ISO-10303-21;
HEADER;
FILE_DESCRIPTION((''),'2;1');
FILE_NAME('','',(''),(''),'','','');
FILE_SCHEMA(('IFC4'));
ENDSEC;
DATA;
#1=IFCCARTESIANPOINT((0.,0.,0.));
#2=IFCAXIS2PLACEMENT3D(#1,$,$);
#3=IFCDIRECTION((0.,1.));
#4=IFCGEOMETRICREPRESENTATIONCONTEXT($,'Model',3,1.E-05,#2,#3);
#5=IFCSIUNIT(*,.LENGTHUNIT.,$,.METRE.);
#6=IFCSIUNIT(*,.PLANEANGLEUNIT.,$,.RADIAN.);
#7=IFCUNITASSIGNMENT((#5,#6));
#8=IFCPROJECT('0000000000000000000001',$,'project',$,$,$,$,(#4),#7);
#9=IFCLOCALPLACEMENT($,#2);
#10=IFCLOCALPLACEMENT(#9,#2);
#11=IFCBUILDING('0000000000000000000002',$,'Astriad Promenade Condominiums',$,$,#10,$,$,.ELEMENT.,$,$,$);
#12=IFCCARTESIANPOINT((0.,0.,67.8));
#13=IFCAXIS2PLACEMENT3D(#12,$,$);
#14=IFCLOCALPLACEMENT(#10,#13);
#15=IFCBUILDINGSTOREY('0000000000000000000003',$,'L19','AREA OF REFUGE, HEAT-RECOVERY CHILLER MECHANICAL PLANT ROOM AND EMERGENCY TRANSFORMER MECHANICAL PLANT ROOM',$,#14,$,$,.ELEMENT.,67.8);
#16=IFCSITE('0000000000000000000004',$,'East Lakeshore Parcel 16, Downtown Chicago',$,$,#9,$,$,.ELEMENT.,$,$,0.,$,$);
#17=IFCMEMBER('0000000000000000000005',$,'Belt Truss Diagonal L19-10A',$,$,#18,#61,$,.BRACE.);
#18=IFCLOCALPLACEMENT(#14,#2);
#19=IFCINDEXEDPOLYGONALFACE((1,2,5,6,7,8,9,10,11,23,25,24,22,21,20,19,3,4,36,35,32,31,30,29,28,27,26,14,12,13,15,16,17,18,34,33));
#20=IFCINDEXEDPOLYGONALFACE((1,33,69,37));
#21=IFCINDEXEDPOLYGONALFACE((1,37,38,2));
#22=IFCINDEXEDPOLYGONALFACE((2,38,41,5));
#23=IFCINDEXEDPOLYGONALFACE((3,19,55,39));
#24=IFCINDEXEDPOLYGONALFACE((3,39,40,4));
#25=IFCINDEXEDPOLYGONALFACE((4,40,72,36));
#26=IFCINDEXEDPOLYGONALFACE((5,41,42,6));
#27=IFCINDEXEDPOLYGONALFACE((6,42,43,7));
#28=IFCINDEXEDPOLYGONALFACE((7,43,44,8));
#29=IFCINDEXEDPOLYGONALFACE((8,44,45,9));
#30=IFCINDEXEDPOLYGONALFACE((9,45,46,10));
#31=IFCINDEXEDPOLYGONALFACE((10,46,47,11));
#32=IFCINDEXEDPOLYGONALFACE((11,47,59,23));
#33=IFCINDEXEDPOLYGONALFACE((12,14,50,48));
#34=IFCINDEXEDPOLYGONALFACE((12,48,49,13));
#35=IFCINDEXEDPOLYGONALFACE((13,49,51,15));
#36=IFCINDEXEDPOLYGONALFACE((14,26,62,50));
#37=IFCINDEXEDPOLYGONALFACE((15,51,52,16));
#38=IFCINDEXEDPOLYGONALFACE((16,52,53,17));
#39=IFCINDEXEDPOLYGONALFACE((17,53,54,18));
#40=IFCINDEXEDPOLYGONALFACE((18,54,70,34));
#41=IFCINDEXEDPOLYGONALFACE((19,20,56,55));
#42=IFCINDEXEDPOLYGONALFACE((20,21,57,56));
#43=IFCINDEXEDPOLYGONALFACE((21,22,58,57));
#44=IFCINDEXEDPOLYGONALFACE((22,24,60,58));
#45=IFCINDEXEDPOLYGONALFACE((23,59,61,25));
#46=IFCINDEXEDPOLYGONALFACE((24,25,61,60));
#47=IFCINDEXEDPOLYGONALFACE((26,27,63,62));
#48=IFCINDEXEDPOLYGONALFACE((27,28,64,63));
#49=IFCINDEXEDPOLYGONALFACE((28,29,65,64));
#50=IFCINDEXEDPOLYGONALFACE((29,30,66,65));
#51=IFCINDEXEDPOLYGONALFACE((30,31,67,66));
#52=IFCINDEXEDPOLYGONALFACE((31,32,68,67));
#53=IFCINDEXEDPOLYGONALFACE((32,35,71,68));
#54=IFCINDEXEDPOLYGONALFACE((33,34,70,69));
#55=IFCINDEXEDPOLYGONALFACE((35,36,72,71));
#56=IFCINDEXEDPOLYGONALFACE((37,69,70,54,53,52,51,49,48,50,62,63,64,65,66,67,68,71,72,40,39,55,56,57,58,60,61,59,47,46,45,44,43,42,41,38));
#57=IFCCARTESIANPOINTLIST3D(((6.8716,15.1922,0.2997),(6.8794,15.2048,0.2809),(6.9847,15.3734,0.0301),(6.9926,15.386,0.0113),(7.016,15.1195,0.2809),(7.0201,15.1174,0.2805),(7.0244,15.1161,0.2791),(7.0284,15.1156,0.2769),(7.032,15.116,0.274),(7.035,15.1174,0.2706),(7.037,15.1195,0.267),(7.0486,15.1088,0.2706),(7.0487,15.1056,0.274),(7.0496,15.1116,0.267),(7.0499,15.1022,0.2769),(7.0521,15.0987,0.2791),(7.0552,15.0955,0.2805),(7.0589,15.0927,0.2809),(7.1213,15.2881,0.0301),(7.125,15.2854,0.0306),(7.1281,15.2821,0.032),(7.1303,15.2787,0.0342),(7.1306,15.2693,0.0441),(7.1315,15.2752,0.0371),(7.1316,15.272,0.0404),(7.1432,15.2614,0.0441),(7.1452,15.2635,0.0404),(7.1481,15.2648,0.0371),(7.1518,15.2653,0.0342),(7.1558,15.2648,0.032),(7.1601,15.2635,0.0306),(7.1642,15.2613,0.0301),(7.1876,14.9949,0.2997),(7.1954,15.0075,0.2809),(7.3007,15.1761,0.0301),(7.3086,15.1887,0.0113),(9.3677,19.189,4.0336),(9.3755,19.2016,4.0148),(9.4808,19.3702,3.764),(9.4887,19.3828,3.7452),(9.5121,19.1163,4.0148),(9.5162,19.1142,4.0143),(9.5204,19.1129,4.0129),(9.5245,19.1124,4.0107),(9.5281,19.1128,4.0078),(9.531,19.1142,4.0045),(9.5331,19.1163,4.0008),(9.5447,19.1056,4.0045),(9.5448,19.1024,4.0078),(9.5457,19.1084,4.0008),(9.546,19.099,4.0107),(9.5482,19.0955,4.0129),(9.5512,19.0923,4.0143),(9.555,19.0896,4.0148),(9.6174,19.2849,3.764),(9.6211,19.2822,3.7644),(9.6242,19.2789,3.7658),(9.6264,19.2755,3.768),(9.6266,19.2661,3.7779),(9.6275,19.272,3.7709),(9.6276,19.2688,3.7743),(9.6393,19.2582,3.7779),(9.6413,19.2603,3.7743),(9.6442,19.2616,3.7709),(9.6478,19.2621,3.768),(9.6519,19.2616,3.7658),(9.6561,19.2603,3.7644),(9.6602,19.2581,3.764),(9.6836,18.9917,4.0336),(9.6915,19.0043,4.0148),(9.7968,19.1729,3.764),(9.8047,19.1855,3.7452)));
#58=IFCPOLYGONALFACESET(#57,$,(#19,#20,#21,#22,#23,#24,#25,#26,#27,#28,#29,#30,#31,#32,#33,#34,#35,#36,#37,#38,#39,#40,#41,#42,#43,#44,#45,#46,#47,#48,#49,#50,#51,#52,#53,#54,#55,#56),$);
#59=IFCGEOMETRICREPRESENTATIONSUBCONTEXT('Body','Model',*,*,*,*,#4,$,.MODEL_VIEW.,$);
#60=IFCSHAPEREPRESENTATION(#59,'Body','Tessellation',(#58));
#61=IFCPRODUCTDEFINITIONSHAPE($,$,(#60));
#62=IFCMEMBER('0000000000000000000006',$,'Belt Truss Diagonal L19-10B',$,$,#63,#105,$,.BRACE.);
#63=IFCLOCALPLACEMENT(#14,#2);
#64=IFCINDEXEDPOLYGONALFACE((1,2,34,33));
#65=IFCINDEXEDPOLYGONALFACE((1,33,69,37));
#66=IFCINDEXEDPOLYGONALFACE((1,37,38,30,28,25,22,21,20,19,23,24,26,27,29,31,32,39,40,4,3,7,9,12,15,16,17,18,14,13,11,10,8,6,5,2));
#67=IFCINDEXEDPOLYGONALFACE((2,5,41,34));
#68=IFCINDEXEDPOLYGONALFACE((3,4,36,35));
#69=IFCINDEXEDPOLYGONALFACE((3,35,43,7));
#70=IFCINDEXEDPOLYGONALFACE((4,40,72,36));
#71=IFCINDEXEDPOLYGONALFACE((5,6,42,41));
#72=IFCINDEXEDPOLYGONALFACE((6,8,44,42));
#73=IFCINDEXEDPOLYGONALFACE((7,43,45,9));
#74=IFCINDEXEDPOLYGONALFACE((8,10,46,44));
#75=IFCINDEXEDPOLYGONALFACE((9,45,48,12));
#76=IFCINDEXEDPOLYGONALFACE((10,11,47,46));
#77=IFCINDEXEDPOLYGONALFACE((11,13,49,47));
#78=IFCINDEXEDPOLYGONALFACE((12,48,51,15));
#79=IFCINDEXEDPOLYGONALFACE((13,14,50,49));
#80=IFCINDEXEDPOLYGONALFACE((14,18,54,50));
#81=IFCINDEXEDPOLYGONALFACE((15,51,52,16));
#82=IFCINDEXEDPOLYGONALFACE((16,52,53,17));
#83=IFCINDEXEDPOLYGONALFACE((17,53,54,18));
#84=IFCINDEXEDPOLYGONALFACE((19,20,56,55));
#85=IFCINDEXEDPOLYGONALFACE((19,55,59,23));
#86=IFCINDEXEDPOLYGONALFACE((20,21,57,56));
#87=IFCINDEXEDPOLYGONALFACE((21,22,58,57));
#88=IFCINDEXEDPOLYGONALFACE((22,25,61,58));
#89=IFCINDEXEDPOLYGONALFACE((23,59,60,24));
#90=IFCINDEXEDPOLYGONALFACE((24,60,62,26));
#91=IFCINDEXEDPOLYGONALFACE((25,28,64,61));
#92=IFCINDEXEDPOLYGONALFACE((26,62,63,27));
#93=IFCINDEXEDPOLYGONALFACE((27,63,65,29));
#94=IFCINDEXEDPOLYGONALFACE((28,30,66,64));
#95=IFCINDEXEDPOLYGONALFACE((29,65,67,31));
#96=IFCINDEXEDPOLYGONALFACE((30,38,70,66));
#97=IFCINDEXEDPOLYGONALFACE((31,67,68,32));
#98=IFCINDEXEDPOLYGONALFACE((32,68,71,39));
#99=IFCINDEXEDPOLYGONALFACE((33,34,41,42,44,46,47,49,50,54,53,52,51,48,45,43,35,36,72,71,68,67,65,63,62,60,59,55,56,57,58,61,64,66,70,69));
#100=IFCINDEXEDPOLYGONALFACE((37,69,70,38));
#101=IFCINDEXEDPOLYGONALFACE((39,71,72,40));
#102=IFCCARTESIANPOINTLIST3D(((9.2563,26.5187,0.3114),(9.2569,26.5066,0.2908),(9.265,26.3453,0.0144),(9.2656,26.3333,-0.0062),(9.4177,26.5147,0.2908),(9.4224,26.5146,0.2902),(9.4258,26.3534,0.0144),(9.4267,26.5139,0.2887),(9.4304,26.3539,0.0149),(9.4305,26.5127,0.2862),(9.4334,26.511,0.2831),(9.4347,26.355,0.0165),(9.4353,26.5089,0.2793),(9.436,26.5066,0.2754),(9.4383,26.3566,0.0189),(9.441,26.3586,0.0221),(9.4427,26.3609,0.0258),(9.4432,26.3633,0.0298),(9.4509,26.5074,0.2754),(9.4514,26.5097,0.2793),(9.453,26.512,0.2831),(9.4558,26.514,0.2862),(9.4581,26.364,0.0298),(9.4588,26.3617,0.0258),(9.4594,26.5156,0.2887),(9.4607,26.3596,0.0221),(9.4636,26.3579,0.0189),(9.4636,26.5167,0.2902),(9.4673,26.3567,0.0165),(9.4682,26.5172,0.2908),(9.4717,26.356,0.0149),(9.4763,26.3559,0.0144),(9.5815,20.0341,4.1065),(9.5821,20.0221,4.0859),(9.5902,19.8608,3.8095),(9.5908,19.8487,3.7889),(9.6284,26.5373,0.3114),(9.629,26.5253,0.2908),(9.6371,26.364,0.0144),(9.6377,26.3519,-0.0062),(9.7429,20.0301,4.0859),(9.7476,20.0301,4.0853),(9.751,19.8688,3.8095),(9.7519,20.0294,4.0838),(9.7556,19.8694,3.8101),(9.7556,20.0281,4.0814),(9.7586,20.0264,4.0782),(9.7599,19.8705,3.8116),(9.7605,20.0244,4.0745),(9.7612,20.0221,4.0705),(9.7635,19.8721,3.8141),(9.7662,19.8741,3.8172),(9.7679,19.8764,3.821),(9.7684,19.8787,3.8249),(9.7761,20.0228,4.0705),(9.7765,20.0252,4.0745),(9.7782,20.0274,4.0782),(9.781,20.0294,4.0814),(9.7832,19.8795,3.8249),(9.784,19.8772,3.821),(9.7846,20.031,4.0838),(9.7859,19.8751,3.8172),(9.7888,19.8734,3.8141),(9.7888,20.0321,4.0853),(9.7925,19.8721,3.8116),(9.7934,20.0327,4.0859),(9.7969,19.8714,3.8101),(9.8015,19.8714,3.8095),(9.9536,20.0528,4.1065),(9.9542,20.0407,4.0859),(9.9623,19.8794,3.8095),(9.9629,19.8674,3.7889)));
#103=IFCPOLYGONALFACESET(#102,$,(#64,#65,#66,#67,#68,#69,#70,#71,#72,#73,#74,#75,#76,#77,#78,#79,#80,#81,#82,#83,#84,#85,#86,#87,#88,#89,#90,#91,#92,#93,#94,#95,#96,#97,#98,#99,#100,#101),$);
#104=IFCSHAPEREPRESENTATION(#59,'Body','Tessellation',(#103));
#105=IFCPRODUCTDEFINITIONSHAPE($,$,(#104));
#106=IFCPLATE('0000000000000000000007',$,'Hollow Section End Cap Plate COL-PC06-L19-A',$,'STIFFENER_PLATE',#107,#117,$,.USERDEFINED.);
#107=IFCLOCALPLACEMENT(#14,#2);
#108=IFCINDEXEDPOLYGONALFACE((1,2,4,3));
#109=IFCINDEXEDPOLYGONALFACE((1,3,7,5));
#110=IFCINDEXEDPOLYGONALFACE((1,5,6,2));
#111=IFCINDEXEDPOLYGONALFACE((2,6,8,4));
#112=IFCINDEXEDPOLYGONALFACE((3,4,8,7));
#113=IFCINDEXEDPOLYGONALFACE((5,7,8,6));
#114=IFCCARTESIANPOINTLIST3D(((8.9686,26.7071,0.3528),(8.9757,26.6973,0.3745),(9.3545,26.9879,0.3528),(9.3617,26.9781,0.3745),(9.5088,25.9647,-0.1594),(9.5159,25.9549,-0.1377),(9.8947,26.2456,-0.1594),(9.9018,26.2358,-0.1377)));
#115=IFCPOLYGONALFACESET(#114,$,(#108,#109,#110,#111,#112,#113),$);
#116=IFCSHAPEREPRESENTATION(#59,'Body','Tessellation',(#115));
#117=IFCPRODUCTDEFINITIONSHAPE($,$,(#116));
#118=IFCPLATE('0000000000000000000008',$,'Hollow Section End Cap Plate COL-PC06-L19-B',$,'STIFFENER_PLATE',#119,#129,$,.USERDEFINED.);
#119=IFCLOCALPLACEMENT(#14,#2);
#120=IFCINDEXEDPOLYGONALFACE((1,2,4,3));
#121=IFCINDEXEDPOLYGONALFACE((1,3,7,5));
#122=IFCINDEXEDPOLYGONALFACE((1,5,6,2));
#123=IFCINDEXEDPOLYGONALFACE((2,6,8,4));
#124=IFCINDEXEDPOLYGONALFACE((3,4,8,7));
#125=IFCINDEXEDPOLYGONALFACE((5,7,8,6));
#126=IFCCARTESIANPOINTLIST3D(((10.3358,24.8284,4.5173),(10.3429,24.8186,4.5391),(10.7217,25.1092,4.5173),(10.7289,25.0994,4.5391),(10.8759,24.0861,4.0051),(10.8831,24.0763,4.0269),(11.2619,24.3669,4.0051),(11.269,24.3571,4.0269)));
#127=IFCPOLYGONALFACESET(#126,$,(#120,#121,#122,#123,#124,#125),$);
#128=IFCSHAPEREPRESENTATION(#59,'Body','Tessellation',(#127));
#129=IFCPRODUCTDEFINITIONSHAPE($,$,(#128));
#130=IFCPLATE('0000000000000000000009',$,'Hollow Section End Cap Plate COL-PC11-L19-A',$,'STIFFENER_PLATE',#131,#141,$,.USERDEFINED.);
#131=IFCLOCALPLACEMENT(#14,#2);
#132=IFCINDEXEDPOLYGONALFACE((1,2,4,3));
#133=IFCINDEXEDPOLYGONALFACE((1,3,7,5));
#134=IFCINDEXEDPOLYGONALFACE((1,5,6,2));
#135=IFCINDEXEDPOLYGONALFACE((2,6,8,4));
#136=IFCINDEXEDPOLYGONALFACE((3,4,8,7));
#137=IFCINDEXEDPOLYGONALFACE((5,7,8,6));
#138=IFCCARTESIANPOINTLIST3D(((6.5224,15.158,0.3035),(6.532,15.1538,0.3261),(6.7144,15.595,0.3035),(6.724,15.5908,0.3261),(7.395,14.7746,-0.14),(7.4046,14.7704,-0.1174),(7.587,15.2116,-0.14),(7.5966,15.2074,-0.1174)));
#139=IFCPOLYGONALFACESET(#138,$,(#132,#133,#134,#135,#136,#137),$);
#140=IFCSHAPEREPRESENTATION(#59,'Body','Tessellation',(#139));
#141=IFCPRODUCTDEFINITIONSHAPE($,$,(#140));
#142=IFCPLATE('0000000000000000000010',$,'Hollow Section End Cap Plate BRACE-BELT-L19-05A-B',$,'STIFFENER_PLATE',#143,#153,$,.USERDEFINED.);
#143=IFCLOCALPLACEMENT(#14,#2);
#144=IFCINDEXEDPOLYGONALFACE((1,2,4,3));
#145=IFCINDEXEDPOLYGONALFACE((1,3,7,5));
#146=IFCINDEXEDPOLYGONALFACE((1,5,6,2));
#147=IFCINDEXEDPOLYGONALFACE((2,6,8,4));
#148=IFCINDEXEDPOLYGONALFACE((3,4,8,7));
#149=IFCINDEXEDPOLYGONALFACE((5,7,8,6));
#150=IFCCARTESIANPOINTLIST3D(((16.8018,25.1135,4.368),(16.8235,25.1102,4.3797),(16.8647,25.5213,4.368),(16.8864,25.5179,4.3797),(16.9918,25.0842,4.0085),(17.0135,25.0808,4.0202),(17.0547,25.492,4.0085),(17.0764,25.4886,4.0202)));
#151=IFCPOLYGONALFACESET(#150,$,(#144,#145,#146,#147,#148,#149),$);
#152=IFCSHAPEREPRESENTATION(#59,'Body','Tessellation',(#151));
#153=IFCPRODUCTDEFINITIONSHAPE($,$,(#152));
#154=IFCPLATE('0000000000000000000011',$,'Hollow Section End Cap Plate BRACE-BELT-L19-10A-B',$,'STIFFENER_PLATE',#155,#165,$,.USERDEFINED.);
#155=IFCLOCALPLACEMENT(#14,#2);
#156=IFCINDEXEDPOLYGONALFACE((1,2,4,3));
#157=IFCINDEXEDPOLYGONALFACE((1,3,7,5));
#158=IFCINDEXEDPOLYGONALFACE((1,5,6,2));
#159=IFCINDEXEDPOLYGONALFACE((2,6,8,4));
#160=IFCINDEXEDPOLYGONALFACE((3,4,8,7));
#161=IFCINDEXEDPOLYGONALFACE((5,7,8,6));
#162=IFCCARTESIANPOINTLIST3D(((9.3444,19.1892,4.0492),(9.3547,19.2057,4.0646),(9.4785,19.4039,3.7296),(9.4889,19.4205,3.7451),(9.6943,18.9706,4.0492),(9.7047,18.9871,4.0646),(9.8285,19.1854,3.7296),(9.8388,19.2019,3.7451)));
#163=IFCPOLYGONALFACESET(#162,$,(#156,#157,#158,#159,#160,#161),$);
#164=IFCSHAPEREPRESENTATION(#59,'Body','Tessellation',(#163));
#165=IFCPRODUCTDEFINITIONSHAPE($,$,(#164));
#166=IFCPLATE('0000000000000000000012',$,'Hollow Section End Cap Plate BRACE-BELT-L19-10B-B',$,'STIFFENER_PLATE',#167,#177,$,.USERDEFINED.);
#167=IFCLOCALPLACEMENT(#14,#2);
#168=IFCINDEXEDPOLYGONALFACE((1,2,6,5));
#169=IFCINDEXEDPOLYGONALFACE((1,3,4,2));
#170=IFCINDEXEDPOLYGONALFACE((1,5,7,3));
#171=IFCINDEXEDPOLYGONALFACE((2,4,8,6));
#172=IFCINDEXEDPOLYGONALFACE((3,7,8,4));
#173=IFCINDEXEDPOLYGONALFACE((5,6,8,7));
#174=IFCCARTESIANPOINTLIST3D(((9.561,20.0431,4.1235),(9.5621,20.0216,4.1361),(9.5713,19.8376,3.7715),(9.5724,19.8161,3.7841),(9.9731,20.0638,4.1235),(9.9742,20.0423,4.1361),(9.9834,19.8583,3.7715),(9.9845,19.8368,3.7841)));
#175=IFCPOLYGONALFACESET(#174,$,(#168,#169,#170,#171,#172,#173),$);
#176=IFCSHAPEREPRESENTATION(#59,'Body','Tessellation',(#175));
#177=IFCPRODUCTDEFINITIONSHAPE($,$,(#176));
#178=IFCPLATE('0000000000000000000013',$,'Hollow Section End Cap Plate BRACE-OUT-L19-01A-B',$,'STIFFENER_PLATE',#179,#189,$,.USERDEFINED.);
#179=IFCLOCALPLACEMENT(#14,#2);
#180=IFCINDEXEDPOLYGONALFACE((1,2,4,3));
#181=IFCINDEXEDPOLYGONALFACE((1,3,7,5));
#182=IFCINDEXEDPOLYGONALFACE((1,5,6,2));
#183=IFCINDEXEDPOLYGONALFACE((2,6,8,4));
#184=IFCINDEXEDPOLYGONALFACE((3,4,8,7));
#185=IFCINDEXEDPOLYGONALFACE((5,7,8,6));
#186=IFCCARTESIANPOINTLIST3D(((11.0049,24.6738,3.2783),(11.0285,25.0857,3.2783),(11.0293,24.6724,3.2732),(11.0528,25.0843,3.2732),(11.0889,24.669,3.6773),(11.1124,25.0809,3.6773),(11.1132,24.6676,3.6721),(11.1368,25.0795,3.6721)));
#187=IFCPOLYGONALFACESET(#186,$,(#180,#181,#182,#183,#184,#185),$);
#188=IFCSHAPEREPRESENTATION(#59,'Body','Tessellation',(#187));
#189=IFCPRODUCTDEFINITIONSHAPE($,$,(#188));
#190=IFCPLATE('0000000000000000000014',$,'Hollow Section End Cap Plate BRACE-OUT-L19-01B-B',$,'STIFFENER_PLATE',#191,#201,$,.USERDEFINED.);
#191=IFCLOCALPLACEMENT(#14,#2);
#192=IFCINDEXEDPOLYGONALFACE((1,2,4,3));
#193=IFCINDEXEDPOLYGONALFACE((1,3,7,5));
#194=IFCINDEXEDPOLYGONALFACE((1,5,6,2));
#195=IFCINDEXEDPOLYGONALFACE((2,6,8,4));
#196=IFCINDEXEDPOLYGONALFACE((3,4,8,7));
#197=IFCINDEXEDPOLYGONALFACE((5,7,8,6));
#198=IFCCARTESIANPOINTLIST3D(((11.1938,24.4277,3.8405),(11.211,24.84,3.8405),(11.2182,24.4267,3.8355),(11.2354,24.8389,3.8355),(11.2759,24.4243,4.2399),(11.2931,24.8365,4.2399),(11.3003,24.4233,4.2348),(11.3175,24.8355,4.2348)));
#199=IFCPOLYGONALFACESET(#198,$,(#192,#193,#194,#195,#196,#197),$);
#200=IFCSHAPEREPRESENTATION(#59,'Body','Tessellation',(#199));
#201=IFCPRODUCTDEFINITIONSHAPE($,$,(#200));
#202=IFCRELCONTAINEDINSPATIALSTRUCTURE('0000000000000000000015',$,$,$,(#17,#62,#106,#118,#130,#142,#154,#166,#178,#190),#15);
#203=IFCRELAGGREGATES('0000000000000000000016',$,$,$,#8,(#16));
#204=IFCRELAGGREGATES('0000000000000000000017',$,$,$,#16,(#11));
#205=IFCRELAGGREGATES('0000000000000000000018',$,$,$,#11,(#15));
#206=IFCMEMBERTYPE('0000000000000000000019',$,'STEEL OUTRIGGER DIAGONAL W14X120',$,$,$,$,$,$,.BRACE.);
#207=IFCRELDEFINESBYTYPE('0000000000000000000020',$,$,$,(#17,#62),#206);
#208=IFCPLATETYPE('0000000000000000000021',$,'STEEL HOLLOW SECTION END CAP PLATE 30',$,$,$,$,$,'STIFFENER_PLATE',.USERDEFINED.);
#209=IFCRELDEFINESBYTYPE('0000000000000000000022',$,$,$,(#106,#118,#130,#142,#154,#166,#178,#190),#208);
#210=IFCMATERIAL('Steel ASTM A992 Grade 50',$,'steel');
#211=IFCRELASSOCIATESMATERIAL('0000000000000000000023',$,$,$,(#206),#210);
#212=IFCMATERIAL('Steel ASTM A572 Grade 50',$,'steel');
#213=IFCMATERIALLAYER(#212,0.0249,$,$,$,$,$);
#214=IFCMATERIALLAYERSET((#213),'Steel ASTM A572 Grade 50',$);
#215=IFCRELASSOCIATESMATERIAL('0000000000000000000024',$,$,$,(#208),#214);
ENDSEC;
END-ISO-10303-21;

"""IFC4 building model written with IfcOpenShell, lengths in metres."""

from ifc_helpers import new_model, si_unit, direction, frame, origin, origin_2d, place, context, subcontext, project, spatial, rectangle, i_section, extrude, source, transform, mapped, material, layer, layer_set, material_profile, profile_set, type_object, type_shapes, element, save


model = new_model("IFC4")

# Units and contexts
model_context = context("Model", 3, precision=1e-05, world=origin(), true_north=direction((0.0, 1.0)))
body_context = subcontext(model_context, "Body", "Model", "MODEL_VIEW")
ifc_project = project(units=[si_unit("LENGTHUNIT", "METRE"), si_unit("PLANEANGLEUNIT", "RADIAN")], contexts=[model_context])

# Site, building, storey
site_placement = place(None, origin())
site = spatial("IfcSite", under=ifc_project, at=site_placement, Name="East Lakeshore Parcel 16, Downtown Chicago", CompositionType="ELEMENT", RefElevation=0.0)
building_placement = place(site_placement, origin())
building = spatial("IfcBuilding", under=site, at=building_placement, Name="Astriad Promenade Condominiums", CompositionType="ELEMENT")
storey_placement = place(building_placement, frame((0.0, 0.0, 67.8)))
storey = spatial("IfcBuildingStorey", under=building, at=storey_placement, Name="L19", Description="AREA OF REFUGE, HEAT-RECOVERY CHILLER MECHANICAL PLANT ROOM AND EMERGENCY TRANSFORMER MECHANICAL PLANT ROOM", CompositionType="ELEMENT", Elevation=67.8)

# Shared definitions
ifc_material_1 = material(Name="Steel ASTM A992 Grade 50", Category="steel")

# Members
ifc_material_profile_1 = material_profile(ifc_material_1, i_section(OverallWidth=0.3726, OverallDepth=0.3679, WebThickness=0.0149, FlangeThickness=0.0239, FilletRadius=0.0178, at=origin_2d()), Name="W14X120")
ifc_profile_set_1 = profile_set([ifc_material_profile_1], Name="Steel ASTM A992 Grade 50")
member_type_1 = type_object("IfcMemberType", Name="STEEL OUTRIGGER DIAGONAL W14X120", PredefinedType="BRACE", material=ifc_profile_set_1)
shared_shape_1 = source(origin(), body_context, "Body", "SweptSolid", [
    extrude(i_section(OverallWidth=0.3726, OverallDepth=0.3679, WebThickness=0.0149, FlangeThickness=0.0239, FilletRadius=0.0178, at=origin_2d()), origin(), (0.0, 0.0, 1.0), 6.0122),
])
member_1_placement = place(storey_placement, frame((7.0901, 15.1904, 0.1555), z_axis=(0.415169, 0.664782, 0.621048), x_axis=(-0.848182, 0.529706, 0.0)))
element("IfcMember", 1, at=member_1_placement, inside=storey, type_object=member_type_1, Name="Belt Truss Diagonal L19-10A", PredefinedType="BRACE", context=body_context, shape_type="MappedRepresentation", body=[
    mapped(shared_shape_1, transform((0.0, 0.0, 0.0), scale=1.0)),
])
shared_shape_2 = source(origin(), body_context, "Body", "SweptSolid", [
    extrude(i_section(OverallWidth=0.3726, OverallDepth=0.3679, WebThickness=0.0149, FlangeThickness=0.0239, FilletRadius=0.0178, at=origin_2d()), origin(), (0.0, 0.0, 1.0), 7.5205),
])
member_2_placement = place(storey_placement, frame((9.447, 26.4353, 0.1526), z_axis=(0.043241, -0.862248, 0.504637), x_axis=(0.998745, 0.050086, 0.0)))
element("IfcMember", 2, at=member_2_placement, inside=storey, type_object=member_type_1, Name="Belt Truss Diagonal L19-10B", PredefinedType="BRACE", context=body_context, shape_type="MappedRepresentation", body=[
    mapped(shared_shape_2, transform((0.0, 0.0, 0.0), scale=1.0)),
])

# Plates
ifc_material_2 = material(Name="Steel ASTM A572 Grade 50", Category="steel")
ifc_layer_1 = layer(ifc_material_2, 0.0249)
ifc_layer_set_1 = layer_set([ifc_layer_1], Name="Steel ASTM A572 Grade 50")
plate_type_1 = type_object("IfcPlateType", Name="STEEL HOLLOW SECTION END CAP PLATE 30", ElementType="STIFFENER_PLATE", PredefinedType="USERDEFINED", material=ifc_layer_set_1)
shared_shape_3 = source(origin(), body_context, "Body", "SweptSolid", [
    extrude(rectangle(XDim=0.4773, YDim=1.0513, at=origin_2d()), origin(), (0.0, 0.0, 1.0), 0.0249),
])
for number, where, z_axis, x_axis, name in (
    (3, (9.4316, 26.4763, 0.0967), (0.286661, -0.393956, 0.873284), (0.808592, 0.58837, 0.0), "Hollow Section End Cap Plate COL-PC06-L19-A"),
    (4, (10.7988, 24.5977, 4.2612), (0.286661, -0.393956, 0.873284), (0.808592, 0.58837, 0.0), "Hollow Section End Cap Plate COL-PC06-L19-B"),
    (5, (7.0547, 15.1848, 0.0818), (0.386233, -0.169686, 0.906659), (0.402229, 0.915539, 0.0), "Hollow Section End Cap Plate COL-PC11-L19-A"),
):
    element("IfcPlate", number, at=place(storey_placement, frame(where, z_axis=z_axis, x_axis=x_axis)), inside=storey, type_object=plate_type_1, Name=name, ObjectType="STIFFENER_PLATE", PredefinedType="USERDEFINED", context=body_context, shape_type="MappedRepresentation", body=[
        mapped(shared_shape_3, transform((0.0, 0.0, 0.0), scale=1.0)),
    ])
shared_shape_4 = source(origin(), body_context, "Body", "SweptSolid", [
    extrude(rectangle(XDim=0.4126, YDim=0.4077, at=origin_2d()), origin(), (0.0, 0.0, 1.0), 0.0249),
])
type_shapes(plate_type_1, [shared_shape_3, shared_shape_4])
for number, where, z_axis, x_axis, name in (
    (6, (16.9282, 25.3027, 4.1882), (0.871537, -0.134417, 0.471546), (0.152427, 0.988315, 0.0), "Hollow Section End Cap Plate BRACE-BELT-L19-05A-B"),
    (7, (9.5864, 19.1873, 3.8894), (0.415194, 0.664762, 0.621052), (-0.84816, 0.529739, 0.0), "Hollow Section End Cap Plate BRACE-BELT-L19-10A-B"),
    (8, (9.7722, 19.9507, 3.9475), (0.043255, -0.862248, 0.504637), (0.998744, 0.050103, 0.0), "Hollow Section End Cap Plate BRACE-BELT-L19-10B-B"),
    (9, (11.083, 24.876, 3.4727), (-0.976916, 0.055868, 0.20619), (-0.057095, -0.998369, 0.0), "Hollow Section End Cap Plate BRACE-OUT-L19-01A-B"),
    (10, (11.2678, 24.6311, 4.0352), (-0.978644, 0.040823, 0.20147), (-0.041678, -0.999131, 0.0), "Hollow Section End Cap Plate BRACE-OUT-L19-01B-B"),
):
    element("IfcPlate", number, at=place(storey_placement, frame(where, z_axis=z_axis, x_axis=x_axis)), inside=storey, type_object=plate_type_1, Name=name, ObjectType="STIFFENER_PLATE", PredefinedType="USERDEFINED", context=body_context, shape_type="MappedRepresentation", body=[
        mapped(shared_shape_4, transform((0.0, 0.0, 0.0), scale=1.0)),
    ])

save(model, "model.ifc")
